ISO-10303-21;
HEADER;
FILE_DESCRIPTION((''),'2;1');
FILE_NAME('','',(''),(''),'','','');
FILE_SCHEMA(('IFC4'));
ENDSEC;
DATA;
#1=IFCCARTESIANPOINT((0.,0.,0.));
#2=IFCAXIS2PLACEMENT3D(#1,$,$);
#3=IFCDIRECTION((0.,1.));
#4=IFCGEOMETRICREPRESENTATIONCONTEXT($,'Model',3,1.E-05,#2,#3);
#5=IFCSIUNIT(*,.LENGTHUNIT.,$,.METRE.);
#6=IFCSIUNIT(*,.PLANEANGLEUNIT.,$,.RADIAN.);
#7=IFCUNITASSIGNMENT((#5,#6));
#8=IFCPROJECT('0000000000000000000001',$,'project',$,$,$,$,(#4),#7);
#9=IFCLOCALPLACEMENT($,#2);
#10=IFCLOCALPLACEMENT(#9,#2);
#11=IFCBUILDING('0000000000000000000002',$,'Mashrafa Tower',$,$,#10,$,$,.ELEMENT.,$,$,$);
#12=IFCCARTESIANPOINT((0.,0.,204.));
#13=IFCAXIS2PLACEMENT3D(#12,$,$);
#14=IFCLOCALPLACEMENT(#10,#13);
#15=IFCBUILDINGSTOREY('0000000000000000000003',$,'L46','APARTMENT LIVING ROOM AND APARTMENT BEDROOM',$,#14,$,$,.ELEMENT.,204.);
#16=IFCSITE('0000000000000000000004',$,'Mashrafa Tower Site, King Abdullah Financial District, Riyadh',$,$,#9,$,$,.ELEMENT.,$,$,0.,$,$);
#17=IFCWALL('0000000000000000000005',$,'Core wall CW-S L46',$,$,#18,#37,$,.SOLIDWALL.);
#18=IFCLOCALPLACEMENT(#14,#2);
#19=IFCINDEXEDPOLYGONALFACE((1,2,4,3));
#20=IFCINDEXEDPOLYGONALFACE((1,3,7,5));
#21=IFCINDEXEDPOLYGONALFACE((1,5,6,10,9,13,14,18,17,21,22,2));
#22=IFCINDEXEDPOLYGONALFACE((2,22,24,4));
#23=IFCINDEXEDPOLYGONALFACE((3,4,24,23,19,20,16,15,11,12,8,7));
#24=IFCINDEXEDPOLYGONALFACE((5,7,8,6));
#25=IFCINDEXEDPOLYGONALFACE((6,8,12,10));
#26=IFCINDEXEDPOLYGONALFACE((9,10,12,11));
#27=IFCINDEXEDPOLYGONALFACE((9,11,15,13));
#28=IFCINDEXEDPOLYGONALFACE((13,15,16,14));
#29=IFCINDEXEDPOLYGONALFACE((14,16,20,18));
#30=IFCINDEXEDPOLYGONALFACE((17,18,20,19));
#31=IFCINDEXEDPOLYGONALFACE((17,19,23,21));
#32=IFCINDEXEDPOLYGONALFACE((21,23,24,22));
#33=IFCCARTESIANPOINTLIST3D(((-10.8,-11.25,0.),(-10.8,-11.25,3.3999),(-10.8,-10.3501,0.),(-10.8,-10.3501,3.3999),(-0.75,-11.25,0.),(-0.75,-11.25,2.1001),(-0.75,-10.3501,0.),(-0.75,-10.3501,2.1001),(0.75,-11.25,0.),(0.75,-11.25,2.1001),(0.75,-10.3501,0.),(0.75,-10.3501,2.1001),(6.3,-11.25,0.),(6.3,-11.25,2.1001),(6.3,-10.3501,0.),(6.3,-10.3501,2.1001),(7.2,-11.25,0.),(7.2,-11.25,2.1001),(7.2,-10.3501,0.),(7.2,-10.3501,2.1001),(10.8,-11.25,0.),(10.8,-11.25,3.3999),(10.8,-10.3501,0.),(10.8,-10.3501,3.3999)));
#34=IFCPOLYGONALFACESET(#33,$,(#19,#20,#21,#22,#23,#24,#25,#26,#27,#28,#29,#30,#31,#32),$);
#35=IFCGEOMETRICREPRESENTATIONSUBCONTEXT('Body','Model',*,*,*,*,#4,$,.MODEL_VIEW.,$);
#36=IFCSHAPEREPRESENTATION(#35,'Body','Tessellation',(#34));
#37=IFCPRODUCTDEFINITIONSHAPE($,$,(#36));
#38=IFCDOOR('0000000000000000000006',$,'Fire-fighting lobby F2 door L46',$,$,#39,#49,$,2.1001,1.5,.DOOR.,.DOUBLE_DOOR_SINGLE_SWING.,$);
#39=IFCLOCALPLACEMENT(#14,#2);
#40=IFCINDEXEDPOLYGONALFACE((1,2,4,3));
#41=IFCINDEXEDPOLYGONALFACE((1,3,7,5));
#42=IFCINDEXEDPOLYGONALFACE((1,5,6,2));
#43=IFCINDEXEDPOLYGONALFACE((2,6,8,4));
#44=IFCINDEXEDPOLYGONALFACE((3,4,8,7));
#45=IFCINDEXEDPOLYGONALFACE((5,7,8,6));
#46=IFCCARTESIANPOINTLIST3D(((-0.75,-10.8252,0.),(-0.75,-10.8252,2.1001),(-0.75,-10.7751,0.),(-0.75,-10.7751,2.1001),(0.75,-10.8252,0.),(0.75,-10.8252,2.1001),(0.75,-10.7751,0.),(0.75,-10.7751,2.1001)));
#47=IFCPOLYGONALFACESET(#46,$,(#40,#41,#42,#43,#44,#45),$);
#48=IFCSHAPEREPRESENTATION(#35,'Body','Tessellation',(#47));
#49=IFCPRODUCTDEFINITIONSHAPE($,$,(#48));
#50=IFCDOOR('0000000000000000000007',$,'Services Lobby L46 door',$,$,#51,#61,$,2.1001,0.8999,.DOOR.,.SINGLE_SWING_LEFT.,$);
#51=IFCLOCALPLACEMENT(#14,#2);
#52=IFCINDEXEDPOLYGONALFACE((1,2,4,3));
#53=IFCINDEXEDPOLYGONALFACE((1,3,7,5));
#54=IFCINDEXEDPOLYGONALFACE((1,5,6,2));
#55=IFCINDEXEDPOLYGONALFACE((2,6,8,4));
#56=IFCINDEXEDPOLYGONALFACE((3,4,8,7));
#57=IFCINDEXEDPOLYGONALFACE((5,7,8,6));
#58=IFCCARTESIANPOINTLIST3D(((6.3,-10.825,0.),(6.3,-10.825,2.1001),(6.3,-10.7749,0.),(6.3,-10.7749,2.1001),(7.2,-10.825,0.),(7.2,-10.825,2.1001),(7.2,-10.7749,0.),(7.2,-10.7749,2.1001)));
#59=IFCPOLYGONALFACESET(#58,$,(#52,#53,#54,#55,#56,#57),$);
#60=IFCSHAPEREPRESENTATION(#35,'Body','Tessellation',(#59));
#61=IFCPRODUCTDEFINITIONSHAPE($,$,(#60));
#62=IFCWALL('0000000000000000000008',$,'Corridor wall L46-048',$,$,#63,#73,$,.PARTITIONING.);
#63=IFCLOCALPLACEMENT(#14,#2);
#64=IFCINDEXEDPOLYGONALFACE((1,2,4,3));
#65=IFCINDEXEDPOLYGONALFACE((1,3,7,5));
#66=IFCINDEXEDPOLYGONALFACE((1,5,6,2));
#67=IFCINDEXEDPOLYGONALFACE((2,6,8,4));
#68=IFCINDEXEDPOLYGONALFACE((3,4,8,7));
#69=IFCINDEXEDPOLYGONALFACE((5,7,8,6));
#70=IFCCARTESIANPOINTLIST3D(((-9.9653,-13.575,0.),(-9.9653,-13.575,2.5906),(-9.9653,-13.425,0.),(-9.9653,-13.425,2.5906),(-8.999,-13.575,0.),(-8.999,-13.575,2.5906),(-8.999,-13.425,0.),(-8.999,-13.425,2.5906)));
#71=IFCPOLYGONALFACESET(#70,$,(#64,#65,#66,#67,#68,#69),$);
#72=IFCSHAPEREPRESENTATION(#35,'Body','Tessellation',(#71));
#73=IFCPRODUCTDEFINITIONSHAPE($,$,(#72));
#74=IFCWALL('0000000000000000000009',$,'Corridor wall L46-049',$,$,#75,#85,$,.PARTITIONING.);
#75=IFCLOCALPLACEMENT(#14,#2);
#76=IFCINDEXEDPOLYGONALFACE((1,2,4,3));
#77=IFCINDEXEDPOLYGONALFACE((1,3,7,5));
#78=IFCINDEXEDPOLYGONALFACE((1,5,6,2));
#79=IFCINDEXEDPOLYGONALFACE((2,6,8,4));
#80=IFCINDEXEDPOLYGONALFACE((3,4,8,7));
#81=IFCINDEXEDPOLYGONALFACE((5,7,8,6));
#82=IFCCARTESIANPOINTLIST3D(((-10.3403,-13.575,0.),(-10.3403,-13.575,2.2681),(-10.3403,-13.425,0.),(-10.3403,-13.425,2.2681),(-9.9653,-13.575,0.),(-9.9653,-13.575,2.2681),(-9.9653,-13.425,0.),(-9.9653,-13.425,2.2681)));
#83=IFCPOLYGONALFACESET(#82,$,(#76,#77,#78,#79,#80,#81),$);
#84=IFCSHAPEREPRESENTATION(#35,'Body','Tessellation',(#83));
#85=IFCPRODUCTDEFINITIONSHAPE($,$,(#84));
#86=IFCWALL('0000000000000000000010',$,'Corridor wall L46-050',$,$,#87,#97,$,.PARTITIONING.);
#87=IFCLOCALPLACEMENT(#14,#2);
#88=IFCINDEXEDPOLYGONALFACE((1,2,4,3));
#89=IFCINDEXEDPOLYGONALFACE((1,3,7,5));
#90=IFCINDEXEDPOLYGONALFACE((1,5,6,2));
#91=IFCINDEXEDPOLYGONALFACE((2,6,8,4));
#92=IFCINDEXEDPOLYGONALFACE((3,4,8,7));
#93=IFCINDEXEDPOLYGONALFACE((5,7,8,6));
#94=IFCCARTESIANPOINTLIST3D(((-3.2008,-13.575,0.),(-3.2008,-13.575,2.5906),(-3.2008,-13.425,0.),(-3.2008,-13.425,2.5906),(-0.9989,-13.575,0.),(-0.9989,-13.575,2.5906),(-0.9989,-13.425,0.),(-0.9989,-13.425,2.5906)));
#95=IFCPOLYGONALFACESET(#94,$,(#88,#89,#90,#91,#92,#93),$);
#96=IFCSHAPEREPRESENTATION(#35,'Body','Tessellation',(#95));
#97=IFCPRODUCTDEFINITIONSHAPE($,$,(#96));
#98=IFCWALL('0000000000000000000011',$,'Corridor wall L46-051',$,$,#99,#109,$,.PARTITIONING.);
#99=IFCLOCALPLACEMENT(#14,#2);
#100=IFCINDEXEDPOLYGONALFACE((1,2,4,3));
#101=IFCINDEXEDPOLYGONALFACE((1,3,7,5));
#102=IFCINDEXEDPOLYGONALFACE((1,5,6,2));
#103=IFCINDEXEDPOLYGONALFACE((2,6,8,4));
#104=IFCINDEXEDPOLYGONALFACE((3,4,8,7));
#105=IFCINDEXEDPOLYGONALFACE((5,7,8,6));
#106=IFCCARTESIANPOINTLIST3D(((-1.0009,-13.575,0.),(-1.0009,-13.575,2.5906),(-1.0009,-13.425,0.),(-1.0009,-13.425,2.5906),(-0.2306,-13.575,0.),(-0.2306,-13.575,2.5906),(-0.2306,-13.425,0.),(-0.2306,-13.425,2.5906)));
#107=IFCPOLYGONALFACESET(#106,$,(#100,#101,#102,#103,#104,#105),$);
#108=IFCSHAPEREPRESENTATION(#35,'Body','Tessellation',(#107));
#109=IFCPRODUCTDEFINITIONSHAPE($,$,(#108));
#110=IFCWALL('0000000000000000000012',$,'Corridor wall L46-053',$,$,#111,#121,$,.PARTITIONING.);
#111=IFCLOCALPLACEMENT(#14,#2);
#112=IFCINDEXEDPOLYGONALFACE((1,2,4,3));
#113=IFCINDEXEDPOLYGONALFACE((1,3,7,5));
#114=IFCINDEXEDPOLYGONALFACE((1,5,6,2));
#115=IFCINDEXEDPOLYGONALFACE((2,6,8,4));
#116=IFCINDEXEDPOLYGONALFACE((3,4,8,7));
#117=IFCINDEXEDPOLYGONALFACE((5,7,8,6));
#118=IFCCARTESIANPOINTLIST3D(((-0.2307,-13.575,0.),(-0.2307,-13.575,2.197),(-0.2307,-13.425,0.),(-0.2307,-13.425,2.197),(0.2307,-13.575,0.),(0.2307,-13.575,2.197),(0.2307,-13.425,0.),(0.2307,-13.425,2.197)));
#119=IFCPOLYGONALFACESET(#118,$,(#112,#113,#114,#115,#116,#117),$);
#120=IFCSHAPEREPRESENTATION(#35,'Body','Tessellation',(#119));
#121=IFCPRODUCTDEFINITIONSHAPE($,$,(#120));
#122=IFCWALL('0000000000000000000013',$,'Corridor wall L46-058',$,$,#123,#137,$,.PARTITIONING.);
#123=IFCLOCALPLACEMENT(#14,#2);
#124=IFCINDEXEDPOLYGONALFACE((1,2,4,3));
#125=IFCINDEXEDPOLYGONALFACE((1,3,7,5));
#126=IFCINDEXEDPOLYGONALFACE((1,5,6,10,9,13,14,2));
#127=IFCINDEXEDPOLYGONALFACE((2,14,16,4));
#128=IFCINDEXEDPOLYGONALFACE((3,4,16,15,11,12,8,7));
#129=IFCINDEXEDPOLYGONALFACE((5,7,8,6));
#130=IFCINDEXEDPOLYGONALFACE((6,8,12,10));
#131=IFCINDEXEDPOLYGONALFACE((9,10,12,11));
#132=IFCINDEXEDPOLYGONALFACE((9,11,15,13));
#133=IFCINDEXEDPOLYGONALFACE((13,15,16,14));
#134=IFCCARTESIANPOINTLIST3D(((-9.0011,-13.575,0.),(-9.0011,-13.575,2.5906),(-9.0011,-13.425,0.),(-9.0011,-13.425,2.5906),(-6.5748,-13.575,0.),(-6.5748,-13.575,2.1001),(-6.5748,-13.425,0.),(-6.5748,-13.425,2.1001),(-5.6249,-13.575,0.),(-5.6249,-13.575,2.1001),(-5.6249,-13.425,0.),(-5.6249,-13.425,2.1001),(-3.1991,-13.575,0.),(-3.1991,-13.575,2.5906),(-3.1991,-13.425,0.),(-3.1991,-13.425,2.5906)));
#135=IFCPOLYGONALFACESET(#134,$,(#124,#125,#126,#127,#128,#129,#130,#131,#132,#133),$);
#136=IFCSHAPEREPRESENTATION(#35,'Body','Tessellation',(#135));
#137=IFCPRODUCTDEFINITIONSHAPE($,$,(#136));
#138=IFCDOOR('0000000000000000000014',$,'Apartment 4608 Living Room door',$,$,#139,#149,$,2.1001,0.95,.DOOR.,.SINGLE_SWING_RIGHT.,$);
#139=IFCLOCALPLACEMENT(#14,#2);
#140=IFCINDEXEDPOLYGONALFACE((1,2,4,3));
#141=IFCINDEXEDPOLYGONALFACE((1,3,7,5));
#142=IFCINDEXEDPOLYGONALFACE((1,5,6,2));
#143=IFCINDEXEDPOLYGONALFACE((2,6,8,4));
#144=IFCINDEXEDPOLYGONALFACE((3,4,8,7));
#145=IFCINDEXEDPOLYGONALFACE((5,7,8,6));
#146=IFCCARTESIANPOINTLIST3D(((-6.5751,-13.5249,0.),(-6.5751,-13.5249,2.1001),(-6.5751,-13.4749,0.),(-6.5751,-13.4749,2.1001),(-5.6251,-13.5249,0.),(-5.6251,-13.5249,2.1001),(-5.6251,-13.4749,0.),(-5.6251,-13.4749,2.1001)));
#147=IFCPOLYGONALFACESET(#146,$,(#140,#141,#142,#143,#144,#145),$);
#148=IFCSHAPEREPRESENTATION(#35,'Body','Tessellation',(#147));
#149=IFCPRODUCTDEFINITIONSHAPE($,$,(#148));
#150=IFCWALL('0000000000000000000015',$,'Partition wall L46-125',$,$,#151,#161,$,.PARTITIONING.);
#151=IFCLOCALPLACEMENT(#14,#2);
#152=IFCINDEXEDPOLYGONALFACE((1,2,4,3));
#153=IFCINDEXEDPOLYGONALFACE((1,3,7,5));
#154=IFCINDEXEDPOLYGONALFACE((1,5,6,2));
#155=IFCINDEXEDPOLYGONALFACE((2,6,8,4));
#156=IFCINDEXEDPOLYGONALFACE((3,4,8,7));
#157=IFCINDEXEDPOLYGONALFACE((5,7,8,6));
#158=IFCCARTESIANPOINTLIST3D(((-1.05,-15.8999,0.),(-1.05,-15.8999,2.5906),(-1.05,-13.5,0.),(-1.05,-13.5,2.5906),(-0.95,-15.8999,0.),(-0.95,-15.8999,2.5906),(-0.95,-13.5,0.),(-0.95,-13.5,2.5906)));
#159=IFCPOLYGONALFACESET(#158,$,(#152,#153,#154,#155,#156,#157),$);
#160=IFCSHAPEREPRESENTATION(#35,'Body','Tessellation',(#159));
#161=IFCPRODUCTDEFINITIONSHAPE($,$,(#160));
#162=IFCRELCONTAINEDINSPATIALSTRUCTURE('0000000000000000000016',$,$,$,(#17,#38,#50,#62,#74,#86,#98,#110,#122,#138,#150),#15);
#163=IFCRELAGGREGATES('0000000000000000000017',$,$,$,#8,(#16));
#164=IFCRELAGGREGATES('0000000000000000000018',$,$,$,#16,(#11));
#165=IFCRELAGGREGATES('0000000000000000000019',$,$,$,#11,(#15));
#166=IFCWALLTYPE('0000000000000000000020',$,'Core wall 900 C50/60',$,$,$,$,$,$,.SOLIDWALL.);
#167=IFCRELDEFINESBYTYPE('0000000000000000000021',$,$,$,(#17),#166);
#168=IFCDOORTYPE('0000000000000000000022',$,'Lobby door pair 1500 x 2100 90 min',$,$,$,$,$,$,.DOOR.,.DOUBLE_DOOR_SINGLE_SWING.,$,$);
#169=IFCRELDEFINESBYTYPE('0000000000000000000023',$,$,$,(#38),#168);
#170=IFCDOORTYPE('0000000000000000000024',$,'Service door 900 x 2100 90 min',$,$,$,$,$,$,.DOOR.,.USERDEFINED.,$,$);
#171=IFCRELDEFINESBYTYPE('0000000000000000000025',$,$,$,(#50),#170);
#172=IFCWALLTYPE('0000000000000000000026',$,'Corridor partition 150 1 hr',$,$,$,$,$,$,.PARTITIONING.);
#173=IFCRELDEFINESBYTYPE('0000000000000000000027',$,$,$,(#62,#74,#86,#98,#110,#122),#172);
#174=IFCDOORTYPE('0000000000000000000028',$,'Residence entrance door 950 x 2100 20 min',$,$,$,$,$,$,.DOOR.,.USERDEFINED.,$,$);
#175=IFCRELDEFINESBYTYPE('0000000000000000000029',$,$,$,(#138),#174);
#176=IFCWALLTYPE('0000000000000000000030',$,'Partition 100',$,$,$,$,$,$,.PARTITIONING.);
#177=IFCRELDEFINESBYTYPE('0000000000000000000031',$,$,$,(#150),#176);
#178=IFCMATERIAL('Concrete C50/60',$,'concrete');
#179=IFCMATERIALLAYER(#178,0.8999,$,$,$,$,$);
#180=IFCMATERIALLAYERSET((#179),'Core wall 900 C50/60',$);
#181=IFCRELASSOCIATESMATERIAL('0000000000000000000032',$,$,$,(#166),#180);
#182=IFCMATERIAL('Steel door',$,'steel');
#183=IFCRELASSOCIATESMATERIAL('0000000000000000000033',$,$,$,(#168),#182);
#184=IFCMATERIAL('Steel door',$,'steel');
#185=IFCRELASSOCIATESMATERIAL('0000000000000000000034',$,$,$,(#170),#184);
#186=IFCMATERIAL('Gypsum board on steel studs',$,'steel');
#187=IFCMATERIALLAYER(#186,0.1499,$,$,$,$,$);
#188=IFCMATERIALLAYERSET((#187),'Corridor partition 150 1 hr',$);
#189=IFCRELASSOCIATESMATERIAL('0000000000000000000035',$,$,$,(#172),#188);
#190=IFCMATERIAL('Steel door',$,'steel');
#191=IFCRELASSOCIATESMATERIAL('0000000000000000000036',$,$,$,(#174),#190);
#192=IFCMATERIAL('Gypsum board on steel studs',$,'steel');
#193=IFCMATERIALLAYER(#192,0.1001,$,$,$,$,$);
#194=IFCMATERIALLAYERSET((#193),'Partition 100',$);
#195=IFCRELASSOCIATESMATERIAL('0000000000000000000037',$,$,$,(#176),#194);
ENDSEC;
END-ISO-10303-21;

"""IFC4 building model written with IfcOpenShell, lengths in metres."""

from ifc_helpers import new_model, si_unit, direction, frame, frame_2d, origin, place, context, subcontext, project, spatial, rectangle, extrude, material, layer, layer_set, type_object, element, fill, save


model = new_model("IFC4")

# Units and contexts
model_context = context("Model", 3, precision=1e-05, world=origin(), true_north=direction((0.0, 1.0)))
body_context = subcontext(model_context, "Body", "Model", "MODEL_VIEW")
ifc_project = project(units=[si_unit("LENGTHUNIT", "METRE"), si_unit("PLANEANGLEUNIT", "RADIAN")], contexts=[model_context])

# Site, building, storey
site_placement = place(None, origin())
site = spatial("IfcSite", under=ifc_project, at=site_placement, Name="Mashrafa Tower Site, King Abdullah Financial District, Riyadh", CompositionType="ELEMENT", RefElevation=0.0)
building_placement = place(site_placement, origin())
building = spatial("IfcBuilding", under=site, at=building_placement, Name="Mashrafa Tower", CompositionType="ELEMENT")
storey_placement = place(building_placement, frame((0.0, 0.0, 204.0)))
storey = spatial("IfcBuildingStorey", under=building, at=storey_placement, Name="L46", Description="APARTMENT LIVING ROOM AND APARTMENT BEDROOM", CompositionType="ELEMENT", Elevation=204.0)

# Wall, openings, doors
ifc_material_1 = material(Name="Concrete C50/60", Category="concrete")
ifc_layer_1 = layer(ifc_material_1, 0.8999)
ifc_layer_set_1 = layer_set([ifc_layer_1], Name="Core wall 900 C50/60")
wall_type_1 = type_object("IfcWallType", Name="Core wall 900 C50/60", PredefinedType="SOLIDWALL", material=ifc_layer_set_1)
wall_1_placement = place(storey_placement, frame((-10.8, -10.8, 0.0), z_axis=(0.0, 0.0, 1.0), x_axis=(1.0, 0.0, 0.0)))
wall_1 = element("IfcWall", 1, at=wall_1_placement, inside=storey, type_object=wall_type_1, Name="Core wall CW-S L46", PredefinedType="SOLIDWALL", context=body_context, shape_type="SweptSolid", body=[
    extrude(rectangle(XDim=21.6001, YDim=0.8999, at=frame_2d((10.8, 0.0))), origin(), (0.0, 0.0, 1.0), 3.3999),
])
opening_1_placement = place(wall_1_placement, frame((10.05, 0.0, 0.0)))
opening_1 = element("IfcOpeningElement", 2, at=opening_1_placement, cuts=wall_1, PredefinedType="OPENING", context=body_context, shape_type="SweptSolid", body=[
    extrude(rectangle(XDim=1.5, YDim=2.1001, at=frame_2d((0.75, 1.05))), frame((0.0, 0.46, 0.0), z_axis=(0.0, -1.0, 0.0), x_axis=(1.0, 0.0, 0.0)), (0.0, 0.0, 1.0), 0.9199),
])
opening_2_placement = place(wall_1_placement, frame((17.1001, 0.0, 0.0)))
opening_2 = element("IfcOpeningElement", 3, at=opening_2_placement, cuts=wall_1, PredefinedType="OPENING", context=body_context, shape_type="SweptSolid", body=[
    extrude(rectangle(XDim=0.8999, YDim=2.1001, at=frame_2d((0.45, 1.05))), frame((0.0, 0.46, 0.0), z_axis=(0.0, -1.0, 0.0), x_axis=(1.0, 0.0, 0.0)), (0.0, 0.0, 1.0), 0.9199),
])
ifc_material_2 = material(Name="Steel door", Category="steel")
door_type_1 = type_object("IfcDoorType", Name="Lobby door pair 1500 x 2100 90 min", OperationType="DOUBLE_DOOR_SINGLE_SWING", PredefinedType="DOOR", material=ifc_material_2)
door_1_placement = place(opening_1_placement, origin())
door_1 = element("IfcDoor", 4, at=door_1_placement, inside=storey, type_object=door_type_1, Name="Fire-fighting lobby F2 door L46", OperationType="DOUBLE_DOOR_SINGLE_SWING", OverallHeight=2.1001, OverallWidth=1.5, PredefinedType="DOOR", context=body_context, shape_type="SweptSolid", body=[
    extrude(rectangle(XDim=1.5, YDim=2.1001, at=frame_2d((0.75, 1.05))), frame((0.0, 0.0249, 0.0), z_axis=(0.0, -1.0, 0.0), x_axis=(1.0, 0.0, 0.0)), (0.0, 0.0, 1.0), 0.05),
])
fill(opening_1, door_1)
ifc_material_3 = material(Name="Steel door", Category="steel")
door_type_2 = type_object("IfcDoorType", Name="Service door 900 x 2100 90 min", OperationType="USERDEFINED", PredefinedType="DOOR", material=ifc_material_3)
door_2_placement = place(opening_2_placement, frame((0.8999, 0.0, 0.0), z_axis=(0.0, 0.0, 1.0), x_axis=(-1.0, 0.0, 0.0)))
door_2 = element("IfcDoor", 5, at=door_2_placement, inside=storey, type_object=door_type_2, Name="Services Lobby L46 door", OperationType="SINGLE_SWING_LEFT", OverallHeight=2.1001, OverallWidth=0.8999, PredefinedType="DOOR", context=body_context, shape_type="SweptSolid", body=[
    extrude(rectangle(XDim=0.8999, YDim=2.1001, at=frame_2d((0.45, 1.05))), frame((0.0, 0.0249, 0.0), z_axis=(0.0, -1.0, 0.0), x_axis=(1.0, 0.0, 0.0)), (0.0, 0.0, 1.0), 0.05),
])
fill(opening_2, door_2)

# Walls
ifc_material_4 = material(Name="Gypsum board on steel studs", Category="steel")
ifc_layer_2 = layer(ifc_material_4, 0.1499)
ifc_layer_set_2 = layer_set([ifc_layer_2], Name="Corridor partition 150 1 hr")
wall_type_2 = type_object("IfcWallType", Name="Corridor partition 150 1 hr", PredefinedType="PARTITIONING", material=ifc_layer_set_2)
wall_2_placement = place(storey_placement, frame((-9.9653, -13.5, 0.0), z_axis=(0.0, 0.0, 1.0), x_axis=(1.0, 0.0, 0.0)))
element("IfcWall", 6, at=wall_2_placement, inside=storey, type_object=wall_type_2, Name="Corridor wall L46-048", PredefinedType="PARTITIONING", context=body_context, shape_type="SweptSolid", body=[
    extrude(rectangle(XDim=0.9663, YDim=0.1499, at=frame_2d((0.4832, 0.0))), origin(), (0.0, 0.0, 1.0), 2.5906),
])
wall_3_placement = place(storey_placement, frame((-10.3403, -13.5, 0.0), z_axis=(0.0, 0.0, 1.0), x_axis=(1.0, 0.0, 0.0)))
element("IfcWall", 7, at=wall_3_placement, inside=storey, type_object=wall_type_2, Name="Corridor wall L46-049", PredefinedType="PARTITIONING", context=body_context, shape_type="SweptSolid", body=[
    extrude(rectangle(XDim=0.375, YDim=0.1499, at=frame_2d((0.1875, 0.0))), origin(), (0.0, 0.0, 1.0), 2.2681),
])
wall_4_placement = place(storey_placement, frame((-3.2009, -13.5, 0.0), z_axis=(0.0, 0.0, 1.0), x_axis=(1.0, 0.0, 0.0)))
element("IfcWall", 8, at=wall_4_placement, inside=storey, type_object=wall_type_2, Name="Corridor wall L46-050", PredefinedType="PARTITIONING", context=body_context, shape_type="SweptSolid", body=[
    extrude(rectangle(XDim=2.2019, YDim=0.1499, at=frame_2d((1.1011, 0.0))), origin(), (0.0, 0.0, 1.0), 2.5906),
])
wall_5_placement = place(storey_placement, frame((-1.001, -13.5, 0.0), z_axis=(0.0, 0.0, 1.0), x_axis=(1.0, 0.0, 0.0)))
element("IfcWall", 9, at=wall_5_placement, inside=storey, type_object=wall_type_2, Name="Corridor wall L46-051", PredefinedType="PARTITIONING", context=body_context, shape_type="SweptSolid", body=[
    extrude(rectangle(XDim=0.7703, YDim=0.1499, at=frame_2d((0.3853, 0.0))), origin(), (0.0, 0.0, 1.0), 2.5906),
])
wall_6_placement = place(storey_placement, frame((-0.2307, -13.5, 0.0), z_axis=(0.0, 0.0, 1.0), x_axis=(1.0, 0.0, 0.0)))
element("IfcWall", 10, at=wall_6_placement, inside=storey, type_object=wall_type_2, Name="Corridor wall L46-053", PredefinedType="PARTITIONING", context=body_context, shape_type="SweptSolid", body=[
    extrude(rectangle(XDim=0.4614, YDim=0.1499, at=frame_2d((0.2307, 0.0))), origin(), (0.0, 0.0, 1.0), 2.197),
])

# Wall, opening, door
wall_7_placement = place(storey_placement, frame((-9.001, -13.5, 0.0), z_axis=(0.0, 0.0, 1.0), x_axis=(1.0, 0.0, 0.0)))
wall_7 = element("IfcWall", 11, at=wall_7_placement, inside=storey, type_object=wall_type_2, Name="Corridor wall L46-058", PredefinedType="PARTITIONING", context=body_context, shape_type="SweptSolid", body=[
    extrude(rectangle(XDim=5.802, YDim=0.1499, at=frame_2d((2.9009, 0.0))), origin(), (0.0, 0.0, 1.0), 2.5906),
])
opening_3_placement = place(wall_7_placement, frame((2.426, 0.0, 0.0)))
opening_3 = element("IfcOpeningElement", 12, at=opening_3_placement, cuts=wall_7, PredefinedType="OPENING", context=body_context, shape_type="SweptSolid", body=[
    extrude(rectangle(XDim=0.95, YDim=2.1001, at=frame_2d((0.4751, 1.05))), frame((0.0, 0.085, 0.0), z_axis=(0.0, -1.0, 0.0), x_axis=(1.0, 0.0, 0.0)), (0.0, 0.0, 1.0), 0.1699),
])
ifc_material_5 = material(Name="Steel door", Category="steel")
door_type_3 = type_object("IfcDoorType", Name="Residence entrance door 950 x 2100 20 min", OperationType="USERDEFINED", PredefinedType="DOOR", material=ifc_material_5)
door_3_placement = place(opening_3_placement, frame((0.95, 0.0, 0.0), z_axis=(0.0, 0.0, 1.0), x_axis=(-1.0, 0.0, 0.0)))
door_3 = element("IfcDoor", 13, at=door_3_placement, inside=storey, type_object=door_type_3, Name="Apartment 4608 Living Room door", OperationType="SINGLE_SWING_RIGHT", OverallHeight=2.1001, OverallWidth=0.95, PredefinedType="DOOR", context=body_context, shape_type="SweptSolid", body=[
    extrude(rectangle(XDim=0.95, YDim=2.1001, at=frame_2d((0.4751, 1.05))), frame((0.0, 0.0249, 0.0), z_axis=(0.0, -1.0, 0.0), x_axis=(1.0, 0.0, 0.0)), (0.0, 0.0, 1.0), 0.05),
])
fill(opening_3, door_3)

# Wall
ifc_material_6 = material(Name="Gypsum board on steel studs", Category="steel")
ifc_layer_3 = layer(ifc_material_6, 0.1001)
ifc_layer_set_3 = layer_set([ifc_layer_3], Name="Partition 100")
wall_type_3 = type_object("IfcWallType", Name="Partition 100", PredefinedType="PARTITIONING", material=ifc_layer_set_3)
wall_8_placement = place(storey_placement, frame((-1.0, -15.8999, 0.0), z_axis=(0.0, 0.0, 1.0), x_axis=(0.0, 1.0, 0.0)))
element("IfcWall", 14, at=wall_8_placement, inside=storey, type_object=wall_type_3, Name="Partition wall L46-125", PredefinedType="PARTITIONING", context=body_context, shape_type="SweptSolid", body=[
    extrude(rectangle(XDim=2.3999, YDim=0.1001, at=frame_2d((1.2, 0.0))), origin(), (0.0, 0.0, 1.0), 2.5906),
])

save(model, "model.ifc")
